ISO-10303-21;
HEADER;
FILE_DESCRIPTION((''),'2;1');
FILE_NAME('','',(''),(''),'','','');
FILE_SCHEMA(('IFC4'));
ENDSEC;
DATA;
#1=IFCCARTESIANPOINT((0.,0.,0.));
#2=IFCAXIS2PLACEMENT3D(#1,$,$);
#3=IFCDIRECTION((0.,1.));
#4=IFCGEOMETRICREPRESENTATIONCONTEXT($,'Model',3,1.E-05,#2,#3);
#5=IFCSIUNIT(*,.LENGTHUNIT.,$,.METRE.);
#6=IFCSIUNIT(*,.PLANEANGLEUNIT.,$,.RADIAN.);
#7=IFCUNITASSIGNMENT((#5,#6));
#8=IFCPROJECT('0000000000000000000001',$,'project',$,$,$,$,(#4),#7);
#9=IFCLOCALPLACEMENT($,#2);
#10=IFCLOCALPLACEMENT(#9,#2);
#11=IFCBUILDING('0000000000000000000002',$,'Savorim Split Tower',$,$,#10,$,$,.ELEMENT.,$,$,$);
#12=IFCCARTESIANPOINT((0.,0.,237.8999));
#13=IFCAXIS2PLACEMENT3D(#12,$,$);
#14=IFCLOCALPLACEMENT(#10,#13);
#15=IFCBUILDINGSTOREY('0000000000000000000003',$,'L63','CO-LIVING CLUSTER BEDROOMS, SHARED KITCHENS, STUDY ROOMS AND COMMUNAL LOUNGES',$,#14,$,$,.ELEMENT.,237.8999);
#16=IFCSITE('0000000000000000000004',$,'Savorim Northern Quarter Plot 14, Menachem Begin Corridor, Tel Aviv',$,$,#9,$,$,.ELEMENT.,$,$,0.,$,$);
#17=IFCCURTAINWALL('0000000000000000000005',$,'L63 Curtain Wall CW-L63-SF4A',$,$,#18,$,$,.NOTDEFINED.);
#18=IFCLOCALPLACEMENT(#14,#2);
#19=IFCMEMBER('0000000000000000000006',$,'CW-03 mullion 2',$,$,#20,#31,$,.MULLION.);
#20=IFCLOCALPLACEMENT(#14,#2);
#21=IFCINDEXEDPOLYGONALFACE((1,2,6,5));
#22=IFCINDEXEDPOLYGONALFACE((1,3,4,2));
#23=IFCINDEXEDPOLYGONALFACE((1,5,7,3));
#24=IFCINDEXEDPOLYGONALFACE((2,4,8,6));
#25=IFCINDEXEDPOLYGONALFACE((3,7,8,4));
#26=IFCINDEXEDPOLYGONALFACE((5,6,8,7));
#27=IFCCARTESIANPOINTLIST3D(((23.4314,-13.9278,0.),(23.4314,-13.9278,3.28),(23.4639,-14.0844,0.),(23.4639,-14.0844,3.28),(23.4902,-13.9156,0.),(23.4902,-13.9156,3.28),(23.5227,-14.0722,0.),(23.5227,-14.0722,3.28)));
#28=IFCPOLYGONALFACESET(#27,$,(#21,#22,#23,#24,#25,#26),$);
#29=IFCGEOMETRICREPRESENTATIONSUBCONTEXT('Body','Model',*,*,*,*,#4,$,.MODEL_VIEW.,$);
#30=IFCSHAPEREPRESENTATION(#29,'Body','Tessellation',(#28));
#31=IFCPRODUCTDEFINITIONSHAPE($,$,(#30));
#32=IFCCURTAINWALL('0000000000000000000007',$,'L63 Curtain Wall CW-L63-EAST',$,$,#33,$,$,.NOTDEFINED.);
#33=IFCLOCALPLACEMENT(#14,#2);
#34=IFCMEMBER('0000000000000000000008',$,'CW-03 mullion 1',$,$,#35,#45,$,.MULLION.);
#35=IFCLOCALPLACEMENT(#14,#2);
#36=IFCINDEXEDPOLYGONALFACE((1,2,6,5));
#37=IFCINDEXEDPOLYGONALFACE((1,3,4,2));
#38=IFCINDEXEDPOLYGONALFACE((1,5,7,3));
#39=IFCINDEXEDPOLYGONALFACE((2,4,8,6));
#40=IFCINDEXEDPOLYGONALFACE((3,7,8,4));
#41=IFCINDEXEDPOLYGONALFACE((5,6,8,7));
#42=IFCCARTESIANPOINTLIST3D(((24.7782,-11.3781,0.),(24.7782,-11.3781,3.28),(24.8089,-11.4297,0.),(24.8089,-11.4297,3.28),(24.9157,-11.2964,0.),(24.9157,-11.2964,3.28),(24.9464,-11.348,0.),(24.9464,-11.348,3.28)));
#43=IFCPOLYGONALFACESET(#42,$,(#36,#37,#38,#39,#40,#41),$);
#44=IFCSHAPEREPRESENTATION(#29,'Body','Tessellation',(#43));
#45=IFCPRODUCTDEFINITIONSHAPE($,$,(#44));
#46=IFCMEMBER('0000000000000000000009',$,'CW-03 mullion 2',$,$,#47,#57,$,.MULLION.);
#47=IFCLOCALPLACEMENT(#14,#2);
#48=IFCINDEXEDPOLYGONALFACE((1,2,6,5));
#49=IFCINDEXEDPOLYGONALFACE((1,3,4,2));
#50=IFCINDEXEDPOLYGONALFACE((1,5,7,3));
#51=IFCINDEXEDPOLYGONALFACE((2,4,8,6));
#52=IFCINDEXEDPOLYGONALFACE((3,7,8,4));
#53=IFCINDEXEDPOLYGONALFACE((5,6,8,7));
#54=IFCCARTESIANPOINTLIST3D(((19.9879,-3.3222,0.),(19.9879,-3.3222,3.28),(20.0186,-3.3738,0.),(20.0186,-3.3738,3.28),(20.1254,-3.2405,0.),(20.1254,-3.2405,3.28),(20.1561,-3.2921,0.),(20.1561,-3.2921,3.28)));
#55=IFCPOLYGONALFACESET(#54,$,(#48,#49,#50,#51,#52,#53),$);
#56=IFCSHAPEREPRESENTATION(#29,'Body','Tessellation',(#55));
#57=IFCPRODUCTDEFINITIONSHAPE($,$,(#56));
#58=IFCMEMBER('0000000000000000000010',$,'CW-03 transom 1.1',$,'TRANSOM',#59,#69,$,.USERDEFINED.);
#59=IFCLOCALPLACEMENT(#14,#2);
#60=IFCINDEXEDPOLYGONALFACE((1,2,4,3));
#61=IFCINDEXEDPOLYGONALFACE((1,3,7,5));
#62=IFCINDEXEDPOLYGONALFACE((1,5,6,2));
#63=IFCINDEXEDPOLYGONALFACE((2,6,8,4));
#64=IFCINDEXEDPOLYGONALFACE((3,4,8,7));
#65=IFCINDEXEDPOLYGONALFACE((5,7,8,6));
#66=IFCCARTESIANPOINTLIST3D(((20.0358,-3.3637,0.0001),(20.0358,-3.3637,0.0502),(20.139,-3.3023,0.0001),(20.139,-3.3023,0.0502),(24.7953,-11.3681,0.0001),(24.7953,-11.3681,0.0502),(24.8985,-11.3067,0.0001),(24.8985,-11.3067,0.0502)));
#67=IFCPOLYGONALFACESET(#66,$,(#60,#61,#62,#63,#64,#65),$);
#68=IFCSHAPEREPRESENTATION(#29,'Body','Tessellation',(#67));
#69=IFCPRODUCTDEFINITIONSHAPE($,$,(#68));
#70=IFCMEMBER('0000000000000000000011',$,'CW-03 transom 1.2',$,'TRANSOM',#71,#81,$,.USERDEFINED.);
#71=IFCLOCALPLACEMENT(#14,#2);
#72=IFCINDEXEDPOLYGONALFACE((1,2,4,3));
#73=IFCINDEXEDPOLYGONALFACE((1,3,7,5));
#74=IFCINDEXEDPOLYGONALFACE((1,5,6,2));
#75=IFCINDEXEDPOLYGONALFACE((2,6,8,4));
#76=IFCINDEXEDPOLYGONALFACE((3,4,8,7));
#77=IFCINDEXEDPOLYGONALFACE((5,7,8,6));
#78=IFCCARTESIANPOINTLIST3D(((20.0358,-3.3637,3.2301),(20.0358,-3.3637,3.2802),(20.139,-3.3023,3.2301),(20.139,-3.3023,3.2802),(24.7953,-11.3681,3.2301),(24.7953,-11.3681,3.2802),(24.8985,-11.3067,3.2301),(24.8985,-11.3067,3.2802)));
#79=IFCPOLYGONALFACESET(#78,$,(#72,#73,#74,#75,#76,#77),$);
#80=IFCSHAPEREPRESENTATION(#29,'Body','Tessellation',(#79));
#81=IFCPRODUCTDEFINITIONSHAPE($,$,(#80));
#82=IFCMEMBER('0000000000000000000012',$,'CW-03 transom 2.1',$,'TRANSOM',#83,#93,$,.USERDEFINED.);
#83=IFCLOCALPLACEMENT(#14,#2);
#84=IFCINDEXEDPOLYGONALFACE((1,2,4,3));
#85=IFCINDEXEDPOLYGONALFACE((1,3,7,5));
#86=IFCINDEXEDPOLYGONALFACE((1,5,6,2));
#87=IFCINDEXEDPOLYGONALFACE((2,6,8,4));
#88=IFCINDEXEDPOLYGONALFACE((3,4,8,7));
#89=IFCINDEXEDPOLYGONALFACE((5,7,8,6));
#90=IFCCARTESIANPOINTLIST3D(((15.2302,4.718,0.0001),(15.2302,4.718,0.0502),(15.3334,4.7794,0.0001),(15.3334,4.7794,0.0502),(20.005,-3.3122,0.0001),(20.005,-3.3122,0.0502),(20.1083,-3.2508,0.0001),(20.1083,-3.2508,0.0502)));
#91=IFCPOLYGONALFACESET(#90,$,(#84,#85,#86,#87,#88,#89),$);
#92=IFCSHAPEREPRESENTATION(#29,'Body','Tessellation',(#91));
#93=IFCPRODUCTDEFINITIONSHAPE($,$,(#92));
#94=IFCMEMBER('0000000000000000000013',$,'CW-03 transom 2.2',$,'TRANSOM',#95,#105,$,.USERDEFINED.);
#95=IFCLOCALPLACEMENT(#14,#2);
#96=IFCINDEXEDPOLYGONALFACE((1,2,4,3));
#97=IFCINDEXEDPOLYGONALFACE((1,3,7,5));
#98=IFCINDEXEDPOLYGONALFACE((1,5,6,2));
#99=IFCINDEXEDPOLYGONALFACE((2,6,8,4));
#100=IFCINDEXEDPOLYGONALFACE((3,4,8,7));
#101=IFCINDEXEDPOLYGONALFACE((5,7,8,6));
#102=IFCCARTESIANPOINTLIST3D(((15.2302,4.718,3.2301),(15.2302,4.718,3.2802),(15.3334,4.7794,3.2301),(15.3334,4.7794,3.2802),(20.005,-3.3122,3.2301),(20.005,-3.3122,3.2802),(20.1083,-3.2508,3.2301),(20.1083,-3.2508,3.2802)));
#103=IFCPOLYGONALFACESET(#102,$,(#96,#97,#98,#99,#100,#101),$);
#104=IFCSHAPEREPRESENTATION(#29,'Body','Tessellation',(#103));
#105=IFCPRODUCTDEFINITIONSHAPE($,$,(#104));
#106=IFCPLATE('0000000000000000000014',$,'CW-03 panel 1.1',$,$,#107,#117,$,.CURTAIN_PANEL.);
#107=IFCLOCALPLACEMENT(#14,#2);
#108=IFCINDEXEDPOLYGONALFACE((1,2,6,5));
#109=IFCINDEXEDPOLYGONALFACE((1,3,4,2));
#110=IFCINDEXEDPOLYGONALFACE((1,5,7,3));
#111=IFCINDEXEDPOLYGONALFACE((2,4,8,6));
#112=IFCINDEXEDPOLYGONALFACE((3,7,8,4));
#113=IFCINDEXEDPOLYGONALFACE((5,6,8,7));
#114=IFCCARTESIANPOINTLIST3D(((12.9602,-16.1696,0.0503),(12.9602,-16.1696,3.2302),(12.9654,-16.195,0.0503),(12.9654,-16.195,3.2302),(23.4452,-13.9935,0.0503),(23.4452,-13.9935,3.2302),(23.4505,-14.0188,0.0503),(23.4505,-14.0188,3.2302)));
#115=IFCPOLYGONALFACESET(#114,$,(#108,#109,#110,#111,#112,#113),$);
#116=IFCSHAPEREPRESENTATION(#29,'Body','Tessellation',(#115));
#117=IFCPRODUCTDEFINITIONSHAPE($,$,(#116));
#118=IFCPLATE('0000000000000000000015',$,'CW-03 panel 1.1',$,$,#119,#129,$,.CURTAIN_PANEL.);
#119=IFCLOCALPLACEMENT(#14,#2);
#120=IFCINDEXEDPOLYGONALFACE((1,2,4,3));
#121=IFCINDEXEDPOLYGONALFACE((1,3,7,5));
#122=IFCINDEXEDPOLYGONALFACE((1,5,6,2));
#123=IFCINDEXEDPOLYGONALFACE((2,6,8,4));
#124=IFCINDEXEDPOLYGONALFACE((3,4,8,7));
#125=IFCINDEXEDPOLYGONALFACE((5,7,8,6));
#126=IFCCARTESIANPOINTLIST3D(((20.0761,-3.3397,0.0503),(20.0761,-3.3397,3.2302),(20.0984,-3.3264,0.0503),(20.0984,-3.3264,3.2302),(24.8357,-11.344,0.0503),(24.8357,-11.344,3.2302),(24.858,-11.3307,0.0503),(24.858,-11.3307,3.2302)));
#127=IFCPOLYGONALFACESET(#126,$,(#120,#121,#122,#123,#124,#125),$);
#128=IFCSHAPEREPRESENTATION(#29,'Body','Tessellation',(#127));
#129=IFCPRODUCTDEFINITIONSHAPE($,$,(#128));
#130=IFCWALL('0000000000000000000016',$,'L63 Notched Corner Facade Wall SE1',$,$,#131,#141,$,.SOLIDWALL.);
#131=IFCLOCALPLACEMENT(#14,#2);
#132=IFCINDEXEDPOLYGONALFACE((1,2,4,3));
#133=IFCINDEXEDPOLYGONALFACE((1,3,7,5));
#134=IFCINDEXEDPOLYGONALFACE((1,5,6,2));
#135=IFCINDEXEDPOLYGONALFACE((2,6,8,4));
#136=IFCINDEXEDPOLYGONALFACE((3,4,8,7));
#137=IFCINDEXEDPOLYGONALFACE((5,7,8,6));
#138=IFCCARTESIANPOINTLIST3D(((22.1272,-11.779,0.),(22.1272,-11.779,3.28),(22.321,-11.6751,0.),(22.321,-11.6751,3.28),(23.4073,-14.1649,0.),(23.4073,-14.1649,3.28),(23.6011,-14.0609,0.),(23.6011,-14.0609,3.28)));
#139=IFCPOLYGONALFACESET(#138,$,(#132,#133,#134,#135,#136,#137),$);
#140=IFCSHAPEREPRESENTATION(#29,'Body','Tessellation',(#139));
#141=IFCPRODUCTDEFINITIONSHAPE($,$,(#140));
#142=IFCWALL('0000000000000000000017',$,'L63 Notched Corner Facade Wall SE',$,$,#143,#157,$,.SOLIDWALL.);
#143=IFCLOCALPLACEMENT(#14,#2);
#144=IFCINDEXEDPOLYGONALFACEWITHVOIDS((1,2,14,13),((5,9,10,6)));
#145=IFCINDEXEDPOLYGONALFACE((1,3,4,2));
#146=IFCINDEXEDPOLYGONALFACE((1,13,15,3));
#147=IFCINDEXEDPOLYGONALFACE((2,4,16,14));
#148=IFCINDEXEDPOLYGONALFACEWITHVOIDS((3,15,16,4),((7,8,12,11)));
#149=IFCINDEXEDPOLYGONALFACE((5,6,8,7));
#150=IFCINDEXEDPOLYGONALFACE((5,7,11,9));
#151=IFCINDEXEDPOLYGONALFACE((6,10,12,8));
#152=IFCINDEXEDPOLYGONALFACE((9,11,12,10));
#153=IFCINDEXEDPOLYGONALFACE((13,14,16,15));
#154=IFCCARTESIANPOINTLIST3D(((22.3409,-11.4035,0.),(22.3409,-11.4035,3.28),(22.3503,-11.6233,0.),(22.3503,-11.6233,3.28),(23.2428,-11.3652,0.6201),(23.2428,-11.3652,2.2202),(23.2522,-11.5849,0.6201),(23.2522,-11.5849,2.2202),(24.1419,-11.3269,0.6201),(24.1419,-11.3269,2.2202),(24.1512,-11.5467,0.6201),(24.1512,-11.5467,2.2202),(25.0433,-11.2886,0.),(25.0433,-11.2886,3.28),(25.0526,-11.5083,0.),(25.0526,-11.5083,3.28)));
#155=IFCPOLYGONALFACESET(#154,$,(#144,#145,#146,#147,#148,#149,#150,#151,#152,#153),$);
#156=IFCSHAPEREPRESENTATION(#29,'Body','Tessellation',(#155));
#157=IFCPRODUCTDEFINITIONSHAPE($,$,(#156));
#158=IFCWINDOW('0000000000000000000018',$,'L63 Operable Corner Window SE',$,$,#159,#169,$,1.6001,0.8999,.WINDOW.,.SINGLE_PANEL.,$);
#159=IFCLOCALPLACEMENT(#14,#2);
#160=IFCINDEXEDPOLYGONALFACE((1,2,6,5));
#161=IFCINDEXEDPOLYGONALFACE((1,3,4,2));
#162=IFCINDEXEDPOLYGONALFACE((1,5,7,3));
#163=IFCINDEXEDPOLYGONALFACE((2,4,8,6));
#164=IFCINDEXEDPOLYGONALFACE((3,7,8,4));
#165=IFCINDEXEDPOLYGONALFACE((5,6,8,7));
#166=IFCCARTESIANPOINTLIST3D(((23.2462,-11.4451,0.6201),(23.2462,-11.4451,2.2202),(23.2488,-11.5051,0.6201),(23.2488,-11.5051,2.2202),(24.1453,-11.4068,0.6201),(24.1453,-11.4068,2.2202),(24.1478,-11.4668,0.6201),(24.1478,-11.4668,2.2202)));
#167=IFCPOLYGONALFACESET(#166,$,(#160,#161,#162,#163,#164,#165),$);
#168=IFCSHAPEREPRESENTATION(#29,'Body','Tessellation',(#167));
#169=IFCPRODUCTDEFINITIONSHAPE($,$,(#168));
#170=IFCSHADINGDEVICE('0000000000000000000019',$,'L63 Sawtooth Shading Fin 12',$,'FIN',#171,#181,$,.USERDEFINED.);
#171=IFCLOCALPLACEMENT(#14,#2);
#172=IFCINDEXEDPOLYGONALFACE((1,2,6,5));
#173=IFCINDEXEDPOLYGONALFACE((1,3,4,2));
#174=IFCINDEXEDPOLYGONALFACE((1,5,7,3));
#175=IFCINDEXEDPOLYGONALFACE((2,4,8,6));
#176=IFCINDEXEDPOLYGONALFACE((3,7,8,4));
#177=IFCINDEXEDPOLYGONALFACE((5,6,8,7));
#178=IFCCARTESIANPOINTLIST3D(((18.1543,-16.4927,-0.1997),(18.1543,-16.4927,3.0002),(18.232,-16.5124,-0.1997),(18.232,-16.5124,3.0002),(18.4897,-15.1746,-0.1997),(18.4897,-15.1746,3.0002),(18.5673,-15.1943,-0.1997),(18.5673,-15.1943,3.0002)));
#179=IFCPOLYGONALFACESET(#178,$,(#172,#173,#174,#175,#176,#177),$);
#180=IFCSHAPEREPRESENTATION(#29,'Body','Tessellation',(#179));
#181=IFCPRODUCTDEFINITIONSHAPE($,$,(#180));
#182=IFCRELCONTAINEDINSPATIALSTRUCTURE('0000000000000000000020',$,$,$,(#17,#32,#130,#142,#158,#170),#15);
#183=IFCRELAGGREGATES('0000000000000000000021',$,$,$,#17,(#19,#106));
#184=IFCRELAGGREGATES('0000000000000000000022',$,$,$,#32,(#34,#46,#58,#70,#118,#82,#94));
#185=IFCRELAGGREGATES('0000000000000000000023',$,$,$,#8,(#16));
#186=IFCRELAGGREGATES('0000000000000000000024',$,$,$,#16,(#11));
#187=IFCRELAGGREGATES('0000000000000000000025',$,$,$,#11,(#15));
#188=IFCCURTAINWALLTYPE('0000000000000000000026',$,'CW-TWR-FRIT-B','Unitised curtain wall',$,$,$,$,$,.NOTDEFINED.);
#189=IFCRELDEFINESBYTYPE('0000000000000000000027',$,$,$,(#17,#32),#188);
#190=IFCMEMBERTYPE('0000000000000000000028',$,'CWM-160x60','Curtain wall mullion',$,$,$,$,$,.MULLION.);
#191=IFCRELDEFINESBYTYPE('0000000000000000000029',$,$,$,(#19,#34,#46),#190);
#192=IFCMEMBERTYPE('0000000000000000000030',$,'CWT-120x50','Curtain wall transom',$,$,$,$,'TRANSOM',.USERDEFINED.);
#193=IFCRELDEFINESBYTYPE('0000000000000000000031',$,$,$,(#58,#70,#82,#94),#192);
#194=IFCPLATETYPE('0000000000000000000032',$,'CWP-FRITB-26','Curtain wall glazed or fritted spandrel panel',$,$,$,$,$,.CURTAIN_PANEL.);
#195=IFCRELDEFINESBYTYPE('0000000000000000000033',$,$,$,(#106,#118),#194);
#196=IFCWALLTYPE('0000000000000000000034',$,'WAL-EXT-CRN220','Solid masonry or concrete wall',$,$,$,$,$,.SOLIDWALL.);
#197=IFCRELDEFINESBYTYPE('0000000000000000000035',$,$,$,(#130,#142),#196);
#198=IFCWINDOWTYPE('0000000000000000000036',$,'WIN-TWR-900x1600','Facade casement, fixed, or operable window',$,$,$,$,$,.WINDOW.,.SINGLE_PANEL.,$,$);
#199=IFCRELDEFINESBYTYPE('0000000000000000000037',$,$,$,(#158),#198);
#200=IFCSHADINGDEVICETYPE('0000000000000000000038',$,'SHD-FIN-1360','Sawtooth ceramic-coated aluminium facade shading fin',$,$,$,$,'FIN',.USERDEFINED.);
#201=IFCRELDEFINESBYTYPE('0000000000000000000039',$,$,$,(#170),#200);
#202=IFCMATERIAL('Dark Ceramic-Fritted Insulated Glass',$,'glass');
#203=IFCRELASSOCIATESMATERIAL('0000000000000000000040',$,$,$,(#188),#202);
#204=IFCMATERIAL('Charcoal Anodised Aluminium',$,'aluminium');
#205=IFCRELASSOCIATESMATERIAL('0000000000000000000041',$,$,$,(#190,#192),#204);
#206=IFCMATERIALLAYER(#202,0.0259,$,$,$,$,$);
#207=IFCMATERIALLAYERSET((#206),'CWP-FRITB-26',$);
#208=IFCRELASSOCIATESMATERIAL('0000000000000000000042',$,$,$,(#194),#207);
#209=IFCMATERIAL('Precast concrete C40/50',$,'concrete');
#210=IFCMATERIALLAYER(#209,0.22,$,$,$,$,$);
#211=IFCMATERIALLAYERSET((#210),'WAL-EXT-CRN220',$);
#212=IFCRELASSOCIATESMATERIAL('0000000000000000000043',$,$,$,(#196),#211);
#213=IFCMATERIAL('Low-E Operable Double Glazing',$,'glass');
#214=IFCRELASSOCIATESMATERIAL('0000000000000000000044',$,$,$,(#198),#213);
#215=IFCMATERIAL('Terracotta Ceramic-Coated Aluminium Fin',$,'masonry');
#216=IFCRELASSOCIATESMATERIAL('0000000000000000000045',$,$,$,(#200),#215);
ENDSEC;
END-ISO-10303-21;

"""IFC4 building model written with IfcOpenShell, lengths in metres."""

from ifc_helpers import new_model, si_unit, direction, frame, frame_2d, origin, origin_2d, place, context, subcontext, project, spatial, rectangle, extrude, material, layer, layer_set, material_profile, profile_set, type_object, element, fill, aggregate, save


model = new_model("IFC4")

# Units and contexts
model_context = context("Model", 3, precision=1e-05, world=origin(), true_north=direction((0.0, 1.0)))
body_context = subcontext(model_context, "Body", "Model", "MODEL_VIEW")
ifc_project = project(units=[si_unit("LENGTHUNIT", "METRE"), si_unit("PLANEANGLEUNIT", "RADIAN")], contexts=[model_context])

# Site, building, storey
site_placement = place(None, origin())
site = spatial("IfcSite", under=ifc_project, at=site_placement, Name="Savorim Northern Quarter Plot 14, Menachem Begin Corridor, Tel Aviv", CompositionType="ELEMENT", RefElevation=0.0)
building_placement = place(site_placement, origin())
building = spatial("IfcBuilding", under=site, at=building_placement, Name="Savorim Split Tower", CompositionType="ELEMENT")
storey_placement = place(building_placement, frame((0.0, 0.0, 237.8999)))
storey = spatial("IfcBuildingStorey", under=building, at=storey_placement, Name="L63", Description="CO-LIVING CLUSTER BEDROOMS, SHARED KITCHENS, STUDY ROOMS AND COMMUNAL LOUNGES", CompositionType="ELEMENT", Elevation=237.8999)

# Curtain wall, member
ifc_material_1 = material(Name="Dark Ceramic-Fritted Insulated Glass", Category="glass")
curtain_wall_type = type_object("IfcCurtainWallType", Name="CW-TWR-FRIT-B", Description="Unitised curtain wall", PredefinedType="NOTDEFINED", material=ifc_material_1)
curtain_wall_1_placement = place(storey_placement, origin())
curtain_wall_1 = element("IfcCurtainWall", 1, at=curtain_wall_1_placement, inside=storey, type_object=curtain_wall_type, Name="L63 Curtain Wall CW-L63-SF4A", PredefinedType="NOTDEFINED")
ifc_material_2 = material(Name="Charcoal Anodised Aluminium", Category="aluminium")
ifc_material_profile_1 = material_profile(ifc_material_2, rectangle(XDim=0.1599, YDim=0.0601, at=origin_2d()), Name="ALU-M 160x60")
ifc_profile_set_1 = profile_set([ifc_material_profile_1], Name="Charcoal Anodised Aluminium")
member_type_1 = type_object("IfcMemberType", Name="CWM-160x60", Description="Curtain wall mullion", PredefinedType="MULLION", material=ifc_profile_set_1)
member_1_placement = place(storey_placement, frame((23.4771, -14.0, 0.0), z_axis=(0.0, 0.0, 1.0), x_axis=(-0.203215, 0.979134, 0.0)))
member_1 = element("IfcMember", 2, at=member_1_placement, type_object=member_type_1, Name="CW-03 mullion 2", PredefinedType="MULLION", context=body_context, shape_type="SweptSolid", body=[
    extrude(rectangle(XDim=0.1599, YDim=0.0601, at=origin_2d()), origin(), (0.0, 0.0, 1.0), 3.28),
])

# Curtain wall, members
curtain_wall_2_placement = place(storey_placement, origin())
curtain_wall_2 = element("IfcCurtainWall", 3, at=curtain_wall_2_placement, inside=storey, type_object=curtain_wall_type, Name="L63 Curtain Wall CW-L63-EAST", PredefinedType="NOTDEFINED")
member_2_placement = place(storey_placement, frame((24.8623, -11.363, 0.0), z_axis=(0.0, 0.0, 1.0), x_axis=(-0.859524, -0.511096, 0.0)))
member_2 = element("IfcMember", 4, at=member_2_placement, type_object=member_type_1, Name="CW-03 mullion 1", PredefinedType="MULLION", context=body_context, shape_type="SweptSolid", body=[
    extrude(rectangle(XDim=0.1599, YDim=0.0601, at=origin_2d()), origin(), (0.0, 0.0, 1.0), 3.28),
])
member_3_placement = place(storey_placement, frame((20.072, -3.3071, 0.0), z_axis=(0.0, 0.0, 1.0), x_axis=(-0.859524, -0.511096, 0.0)))
member_3 = element("IfcMember", 5, at=member_3_placement, type_object=member_type_1, Name="CW-03 mullion 2", PredefinedType="MULLION", context=body_context, shape_type="SweptSolid", body=[
    extrude(rectangle(XDim=0.1599, YDim=0.0601, at=origin_2d()), origin(), (0.0, 0.0, 1.0), 3.28),
])
ifc_material_profile_2 = material_profile(ifc_material_2, rectangle(XDim=0.1201, YDim=0.05, at=origin_2d()), Name="ALU-T 120x50")
ifc_profile_set_2 = profile_set([ifc_material_profile_2], Name="Charcoal Anodised Aluminium")
member_type_2 = type_object("IfcMemberType", Name="CWT-120x50", Description="Curtain wall transom", ElementType="TRANSOM", PredefinedType="USERDEFINED", material=ifc_profile_set_2)
member_4_placement = place(storey_placement, frame((24.8469, -11.3374, 0.0251), z_axis=(-0.511087, 0.859529, 0.0), x_axis=(-0.859529, -0.511087, 0.0)))
member_4 = element("IfcMember", 6, at=member_4_placement, type_object=member_type_2, Name="CW-03 transom 1.1", ObjectType="TRANSOM", PredefinedType="USERDEFINED", context=body_context, shape_type="SweptSolid", body=[
    extrude(rectangle(XDim=0.1201, YDim=0.05, at=origin_2d()), origin(), (0.0, 0.0, 1.0), 9.3125),
])
member_5_placement = place(storey_placement, frame((24.8469, -11.3374, 3.2551), z_axis=(-0.511087, 0.859529, 0.0), x_axis=(-0.859529, -0.511087, 0.0)))
member_5 = element("IfcMember", 7, at=member_5_placement, type_object=member_type_2, Name="CW-03 transom 1.2", ObjectType="TRANSOM", PredefinedType="USERDEFINED", context=body_context, shape_type="SweptSolid", body=[
    extrude(rectangle(XDim=0.1201, YDim=0.05, at=origin_2d()), origin(), (0.0, 0.0, 1.0), 9.3125),
])
member_6_placement = place(storey_placement, frame((20.0566, -3.2815, 0.0251), z_axis=(-0.511087, 0.859529, 0.0), x_axis=(-0.859529, -0.511087, 0.0)))
member_6 = element("IfcMember", 8, at=member_6_placement, type_object=member_type_2, Name="CW-03 transom 2.1", ObjectType="TRANSOM", PredefinedType="USERDEFINED", context=body_context, shape_type="SweptSolid", body=[
    extrude(rectangle(XDim=0.1201, YDim=0.05, at=origin_2d()), origin(), (0.0, 0.0, 1.0), 9.3425),
])
member_7_placement = place(storey_placement, frame((20.0566, -3.2815, 3.2551), z_axis=(-0.511087, 0.859529, 0.0), x_axis=(-0.859529, -0.511087, 0.0)))
member_7 = element("IfcMember", 9, at=member_7_placement, type_object=member_type_2, Name="CW-03 transom 2.2", ObjectType="TRANSOM", PredefinedType="USERDEFINED", context=body_context, shape_type="SweptSolid", body=[
    extrude(rectangle(XDim=0.1201, YDim=0.05, at=origin_2d()), origin(), (0.0, 0.0, 1.0), 9.3425),
])

# Plates
ifc_layer_1 = layer(ifc_material_1, 0.0259)
ifc_layer_set_1 = layer_set([ifc_layer_1], Name="CWP-FRITB-26")
plate_type = type_object("IfcPlateType", Name="CWP-FRITB-26", Description="Curtain wall glazed or fritted spandrel panel", PredefinedType="CURTAIN_PANEL", material=ifc_layer_set_1)
plate_1_placement = place(storey_placement, frame((18.2053, -15.0942, 0.0503), z_axis=(0.0, 0.0, 1.0), x_axis=(0.979134, 0.203215, 0.0)))
plate_1 = element("IfcPlate", 10, at=plate_1_placement, type_object=plate_type, Name="CW-03 panel 1.1", PredefinedType="CURTAIN_PANEL", context=body_context, shape_type="SweptSolid", body=[
    extrude(rectangle(XDim=10.7085, YDim=0.0259, at=origin_2d()), origin(), (0.0, 0.0, 1.0), 3.1799),
])
aggregate(curtain_wall_1, [member_1, plate_1])
plate_2_placement = place(storey_placement, frame((22.467, -7.3352, 0.0503), z_axis=(0.0, 0.0, 1.0), x_axis=(-0.511096, 0.859524, 0.0)))
plate_2 = element("IfcPlate", 11, at=plate_2_placement, type_object=plate_type, Name="CW-03 panel 1.1", PredefinedType="CURTAIN_PANEL", context=body_context, shape_type="SweptSolid", body=[
    extrude(rectangle(XDim=9.3125, YDim=0.0259, at=origin_2d()), origin(), (0.0, 0.0, 1.0), 3.1799),
])
aggregate(curtain_wall_2, [member_2, member_3, member_4, member_5, plate_2, member_6, member_7])

# Wall
ifc_material_3 = material(Name="Precast concrete C40/50", Category="concrete")
ifc_layer_2 = layer(ifc_material_3, 0.22)
ifc_layer_set_2 = layer_set([ifc_layer_2], Name="WAL-EXT-CRN220")
wall_type = type_object("IfcWallType", Name="WAL-EXT-CRN220", Description="Solid masonry or concrete wall", PredefinedType="SOLIDWALL", material=ifc_layer_set_2)
wall_1_placement = place(storey_placement, frame((22.2241, -11.7271, 0.0), z_axis=(0.0, 0.0, 1.0), x_axis=(0.472782, -0.88118, 0.0)))
element("IfcWall", 12, at=wall_1_placement, inside=storey, type_object=wall_type, Name="L63 Notched Corner Facade Wall SE1", PredefinedType="SOLIDWALL", context=body_context, shape_type="SweptSolid", body=[
    extrude(rectangle(XDim=2.7075, YDim=0.22, at=frame_2d((1.3538, 0.0))), origin(), (0.0, 0.0, 1.0), 3.28),
])

# Wall, opening, window
wall_2_placement = place(storey_placement, frame((25.0481, -11.3984, 0.0), z_axis=(0.0, 0.0, 1.0), x_axis=(-0.999096, -0.042513, 0.0)))
wall_2 = element("IfcWall", 13, at=wall_2_placement, inside=storey, type_object=wall_type, Name="L63 Notched Corner Facade Wall SE", PredefinedType="SOLIDWALL", context=body_context, shape_type="SweptSolid", body=[
    extrude(rectangle(XDim=2.7048, YDim=0.22, at=frame_2d((1.3525, 0.0))), origin(), (0.0, 0.0, 1.0), 3.28),
])
opening_placement = place(wall_2_placement, frame((0.9023, 0.0, 0.6201)))
opening = element("IfcOpeningElement", 14, at=opening_placement, cuts=wall_2, PredefinedType="OPENING", context=body_context, shape_type="SweptSolid", body=[
    extrude(rectangle(XDim=0.8999, YDim=1.6001, at=frame_2d((0.45, 0.8))), frame((0.0, 0.1199, 0.0), z_axis=(0.0, -1.0, 0.0), x_axis=(1.0, 0.0, 0.0)), (0.0, 0.0, 1.0), 0.24),
])
ifc_material_4 = material(Name="Low-E Operable Double Glazing", Category="glass")
window_type = type_object("IfcWindowType", Name="WIN-TWR-900x1600", Description="Facade casement, fixed, or operable window", PartitioningType="SINGLE_PANEL", PredefinedType="WINDOW", material=ifc_material_4)
window_placement = place(opening_placement, origin())
window = element("IfcWindow", 15, at=window_placement, inside=storey, type_object=window_type, Name="L63 Operable Corner Window SE", OverallHeight=1.6001, OverallWidth=0.8999, PartitioningType="SINGLE_PANEL", PredefinedType="WINDOW", context=body_context, shape_type="SweptSolid", body=[
    extrude(rectangle(XDim=0.8999, YDim=1.6001, at=frame_2d((0.45, 0.8))), frame((0.0, 0.03, 0.0), z_axis=(0.0, -1.0, 0.0), x_axis=(1.0, 0.0, 0.0)), (0.0, 0.0, 1.0), 0.0601),
])
fill(opening, window)

# Shading device
ifc_material_5 = material(Name="Terracotta Ceramic-Coated Aluminium Fin", Category="masonry")
shading_device_type = type_object("IfcShadingDeviceType", Name="SHD-FIN-1360", Description="Sawtooth ceramic-coated aluminium facade shading fin", ElementType="FIN", PredefinedType="USERDEFINED", material=ifc_material_5)
for number, where, z_axis, x_axis, name in (
    (16, (18.3608, -15.8435, -0.1997), (0.0, 0.0, 1.0), (-0.246581, -0.969122, 0.0), "L63 Sawtooth Shading Fin 12"),
):
    element("IfcShadingDevice", number, at=place(storey_placement, frame(where, z_axis=z_axis, x_axis=x_axis)), inside=storey, type_object=shading_device_type, Name=name, ObjectType="FIN", PredefinedType="USERDEFINED", context=body_context, shape_type="SweptSolid", body=[
        extrude(rectangle(XDim=1.3601, YDim=0.0801, at=origin_2d()), origin(), (0.0, 0.0, 1.0), 3.2),
    ])

save(model, "model.ifc")
